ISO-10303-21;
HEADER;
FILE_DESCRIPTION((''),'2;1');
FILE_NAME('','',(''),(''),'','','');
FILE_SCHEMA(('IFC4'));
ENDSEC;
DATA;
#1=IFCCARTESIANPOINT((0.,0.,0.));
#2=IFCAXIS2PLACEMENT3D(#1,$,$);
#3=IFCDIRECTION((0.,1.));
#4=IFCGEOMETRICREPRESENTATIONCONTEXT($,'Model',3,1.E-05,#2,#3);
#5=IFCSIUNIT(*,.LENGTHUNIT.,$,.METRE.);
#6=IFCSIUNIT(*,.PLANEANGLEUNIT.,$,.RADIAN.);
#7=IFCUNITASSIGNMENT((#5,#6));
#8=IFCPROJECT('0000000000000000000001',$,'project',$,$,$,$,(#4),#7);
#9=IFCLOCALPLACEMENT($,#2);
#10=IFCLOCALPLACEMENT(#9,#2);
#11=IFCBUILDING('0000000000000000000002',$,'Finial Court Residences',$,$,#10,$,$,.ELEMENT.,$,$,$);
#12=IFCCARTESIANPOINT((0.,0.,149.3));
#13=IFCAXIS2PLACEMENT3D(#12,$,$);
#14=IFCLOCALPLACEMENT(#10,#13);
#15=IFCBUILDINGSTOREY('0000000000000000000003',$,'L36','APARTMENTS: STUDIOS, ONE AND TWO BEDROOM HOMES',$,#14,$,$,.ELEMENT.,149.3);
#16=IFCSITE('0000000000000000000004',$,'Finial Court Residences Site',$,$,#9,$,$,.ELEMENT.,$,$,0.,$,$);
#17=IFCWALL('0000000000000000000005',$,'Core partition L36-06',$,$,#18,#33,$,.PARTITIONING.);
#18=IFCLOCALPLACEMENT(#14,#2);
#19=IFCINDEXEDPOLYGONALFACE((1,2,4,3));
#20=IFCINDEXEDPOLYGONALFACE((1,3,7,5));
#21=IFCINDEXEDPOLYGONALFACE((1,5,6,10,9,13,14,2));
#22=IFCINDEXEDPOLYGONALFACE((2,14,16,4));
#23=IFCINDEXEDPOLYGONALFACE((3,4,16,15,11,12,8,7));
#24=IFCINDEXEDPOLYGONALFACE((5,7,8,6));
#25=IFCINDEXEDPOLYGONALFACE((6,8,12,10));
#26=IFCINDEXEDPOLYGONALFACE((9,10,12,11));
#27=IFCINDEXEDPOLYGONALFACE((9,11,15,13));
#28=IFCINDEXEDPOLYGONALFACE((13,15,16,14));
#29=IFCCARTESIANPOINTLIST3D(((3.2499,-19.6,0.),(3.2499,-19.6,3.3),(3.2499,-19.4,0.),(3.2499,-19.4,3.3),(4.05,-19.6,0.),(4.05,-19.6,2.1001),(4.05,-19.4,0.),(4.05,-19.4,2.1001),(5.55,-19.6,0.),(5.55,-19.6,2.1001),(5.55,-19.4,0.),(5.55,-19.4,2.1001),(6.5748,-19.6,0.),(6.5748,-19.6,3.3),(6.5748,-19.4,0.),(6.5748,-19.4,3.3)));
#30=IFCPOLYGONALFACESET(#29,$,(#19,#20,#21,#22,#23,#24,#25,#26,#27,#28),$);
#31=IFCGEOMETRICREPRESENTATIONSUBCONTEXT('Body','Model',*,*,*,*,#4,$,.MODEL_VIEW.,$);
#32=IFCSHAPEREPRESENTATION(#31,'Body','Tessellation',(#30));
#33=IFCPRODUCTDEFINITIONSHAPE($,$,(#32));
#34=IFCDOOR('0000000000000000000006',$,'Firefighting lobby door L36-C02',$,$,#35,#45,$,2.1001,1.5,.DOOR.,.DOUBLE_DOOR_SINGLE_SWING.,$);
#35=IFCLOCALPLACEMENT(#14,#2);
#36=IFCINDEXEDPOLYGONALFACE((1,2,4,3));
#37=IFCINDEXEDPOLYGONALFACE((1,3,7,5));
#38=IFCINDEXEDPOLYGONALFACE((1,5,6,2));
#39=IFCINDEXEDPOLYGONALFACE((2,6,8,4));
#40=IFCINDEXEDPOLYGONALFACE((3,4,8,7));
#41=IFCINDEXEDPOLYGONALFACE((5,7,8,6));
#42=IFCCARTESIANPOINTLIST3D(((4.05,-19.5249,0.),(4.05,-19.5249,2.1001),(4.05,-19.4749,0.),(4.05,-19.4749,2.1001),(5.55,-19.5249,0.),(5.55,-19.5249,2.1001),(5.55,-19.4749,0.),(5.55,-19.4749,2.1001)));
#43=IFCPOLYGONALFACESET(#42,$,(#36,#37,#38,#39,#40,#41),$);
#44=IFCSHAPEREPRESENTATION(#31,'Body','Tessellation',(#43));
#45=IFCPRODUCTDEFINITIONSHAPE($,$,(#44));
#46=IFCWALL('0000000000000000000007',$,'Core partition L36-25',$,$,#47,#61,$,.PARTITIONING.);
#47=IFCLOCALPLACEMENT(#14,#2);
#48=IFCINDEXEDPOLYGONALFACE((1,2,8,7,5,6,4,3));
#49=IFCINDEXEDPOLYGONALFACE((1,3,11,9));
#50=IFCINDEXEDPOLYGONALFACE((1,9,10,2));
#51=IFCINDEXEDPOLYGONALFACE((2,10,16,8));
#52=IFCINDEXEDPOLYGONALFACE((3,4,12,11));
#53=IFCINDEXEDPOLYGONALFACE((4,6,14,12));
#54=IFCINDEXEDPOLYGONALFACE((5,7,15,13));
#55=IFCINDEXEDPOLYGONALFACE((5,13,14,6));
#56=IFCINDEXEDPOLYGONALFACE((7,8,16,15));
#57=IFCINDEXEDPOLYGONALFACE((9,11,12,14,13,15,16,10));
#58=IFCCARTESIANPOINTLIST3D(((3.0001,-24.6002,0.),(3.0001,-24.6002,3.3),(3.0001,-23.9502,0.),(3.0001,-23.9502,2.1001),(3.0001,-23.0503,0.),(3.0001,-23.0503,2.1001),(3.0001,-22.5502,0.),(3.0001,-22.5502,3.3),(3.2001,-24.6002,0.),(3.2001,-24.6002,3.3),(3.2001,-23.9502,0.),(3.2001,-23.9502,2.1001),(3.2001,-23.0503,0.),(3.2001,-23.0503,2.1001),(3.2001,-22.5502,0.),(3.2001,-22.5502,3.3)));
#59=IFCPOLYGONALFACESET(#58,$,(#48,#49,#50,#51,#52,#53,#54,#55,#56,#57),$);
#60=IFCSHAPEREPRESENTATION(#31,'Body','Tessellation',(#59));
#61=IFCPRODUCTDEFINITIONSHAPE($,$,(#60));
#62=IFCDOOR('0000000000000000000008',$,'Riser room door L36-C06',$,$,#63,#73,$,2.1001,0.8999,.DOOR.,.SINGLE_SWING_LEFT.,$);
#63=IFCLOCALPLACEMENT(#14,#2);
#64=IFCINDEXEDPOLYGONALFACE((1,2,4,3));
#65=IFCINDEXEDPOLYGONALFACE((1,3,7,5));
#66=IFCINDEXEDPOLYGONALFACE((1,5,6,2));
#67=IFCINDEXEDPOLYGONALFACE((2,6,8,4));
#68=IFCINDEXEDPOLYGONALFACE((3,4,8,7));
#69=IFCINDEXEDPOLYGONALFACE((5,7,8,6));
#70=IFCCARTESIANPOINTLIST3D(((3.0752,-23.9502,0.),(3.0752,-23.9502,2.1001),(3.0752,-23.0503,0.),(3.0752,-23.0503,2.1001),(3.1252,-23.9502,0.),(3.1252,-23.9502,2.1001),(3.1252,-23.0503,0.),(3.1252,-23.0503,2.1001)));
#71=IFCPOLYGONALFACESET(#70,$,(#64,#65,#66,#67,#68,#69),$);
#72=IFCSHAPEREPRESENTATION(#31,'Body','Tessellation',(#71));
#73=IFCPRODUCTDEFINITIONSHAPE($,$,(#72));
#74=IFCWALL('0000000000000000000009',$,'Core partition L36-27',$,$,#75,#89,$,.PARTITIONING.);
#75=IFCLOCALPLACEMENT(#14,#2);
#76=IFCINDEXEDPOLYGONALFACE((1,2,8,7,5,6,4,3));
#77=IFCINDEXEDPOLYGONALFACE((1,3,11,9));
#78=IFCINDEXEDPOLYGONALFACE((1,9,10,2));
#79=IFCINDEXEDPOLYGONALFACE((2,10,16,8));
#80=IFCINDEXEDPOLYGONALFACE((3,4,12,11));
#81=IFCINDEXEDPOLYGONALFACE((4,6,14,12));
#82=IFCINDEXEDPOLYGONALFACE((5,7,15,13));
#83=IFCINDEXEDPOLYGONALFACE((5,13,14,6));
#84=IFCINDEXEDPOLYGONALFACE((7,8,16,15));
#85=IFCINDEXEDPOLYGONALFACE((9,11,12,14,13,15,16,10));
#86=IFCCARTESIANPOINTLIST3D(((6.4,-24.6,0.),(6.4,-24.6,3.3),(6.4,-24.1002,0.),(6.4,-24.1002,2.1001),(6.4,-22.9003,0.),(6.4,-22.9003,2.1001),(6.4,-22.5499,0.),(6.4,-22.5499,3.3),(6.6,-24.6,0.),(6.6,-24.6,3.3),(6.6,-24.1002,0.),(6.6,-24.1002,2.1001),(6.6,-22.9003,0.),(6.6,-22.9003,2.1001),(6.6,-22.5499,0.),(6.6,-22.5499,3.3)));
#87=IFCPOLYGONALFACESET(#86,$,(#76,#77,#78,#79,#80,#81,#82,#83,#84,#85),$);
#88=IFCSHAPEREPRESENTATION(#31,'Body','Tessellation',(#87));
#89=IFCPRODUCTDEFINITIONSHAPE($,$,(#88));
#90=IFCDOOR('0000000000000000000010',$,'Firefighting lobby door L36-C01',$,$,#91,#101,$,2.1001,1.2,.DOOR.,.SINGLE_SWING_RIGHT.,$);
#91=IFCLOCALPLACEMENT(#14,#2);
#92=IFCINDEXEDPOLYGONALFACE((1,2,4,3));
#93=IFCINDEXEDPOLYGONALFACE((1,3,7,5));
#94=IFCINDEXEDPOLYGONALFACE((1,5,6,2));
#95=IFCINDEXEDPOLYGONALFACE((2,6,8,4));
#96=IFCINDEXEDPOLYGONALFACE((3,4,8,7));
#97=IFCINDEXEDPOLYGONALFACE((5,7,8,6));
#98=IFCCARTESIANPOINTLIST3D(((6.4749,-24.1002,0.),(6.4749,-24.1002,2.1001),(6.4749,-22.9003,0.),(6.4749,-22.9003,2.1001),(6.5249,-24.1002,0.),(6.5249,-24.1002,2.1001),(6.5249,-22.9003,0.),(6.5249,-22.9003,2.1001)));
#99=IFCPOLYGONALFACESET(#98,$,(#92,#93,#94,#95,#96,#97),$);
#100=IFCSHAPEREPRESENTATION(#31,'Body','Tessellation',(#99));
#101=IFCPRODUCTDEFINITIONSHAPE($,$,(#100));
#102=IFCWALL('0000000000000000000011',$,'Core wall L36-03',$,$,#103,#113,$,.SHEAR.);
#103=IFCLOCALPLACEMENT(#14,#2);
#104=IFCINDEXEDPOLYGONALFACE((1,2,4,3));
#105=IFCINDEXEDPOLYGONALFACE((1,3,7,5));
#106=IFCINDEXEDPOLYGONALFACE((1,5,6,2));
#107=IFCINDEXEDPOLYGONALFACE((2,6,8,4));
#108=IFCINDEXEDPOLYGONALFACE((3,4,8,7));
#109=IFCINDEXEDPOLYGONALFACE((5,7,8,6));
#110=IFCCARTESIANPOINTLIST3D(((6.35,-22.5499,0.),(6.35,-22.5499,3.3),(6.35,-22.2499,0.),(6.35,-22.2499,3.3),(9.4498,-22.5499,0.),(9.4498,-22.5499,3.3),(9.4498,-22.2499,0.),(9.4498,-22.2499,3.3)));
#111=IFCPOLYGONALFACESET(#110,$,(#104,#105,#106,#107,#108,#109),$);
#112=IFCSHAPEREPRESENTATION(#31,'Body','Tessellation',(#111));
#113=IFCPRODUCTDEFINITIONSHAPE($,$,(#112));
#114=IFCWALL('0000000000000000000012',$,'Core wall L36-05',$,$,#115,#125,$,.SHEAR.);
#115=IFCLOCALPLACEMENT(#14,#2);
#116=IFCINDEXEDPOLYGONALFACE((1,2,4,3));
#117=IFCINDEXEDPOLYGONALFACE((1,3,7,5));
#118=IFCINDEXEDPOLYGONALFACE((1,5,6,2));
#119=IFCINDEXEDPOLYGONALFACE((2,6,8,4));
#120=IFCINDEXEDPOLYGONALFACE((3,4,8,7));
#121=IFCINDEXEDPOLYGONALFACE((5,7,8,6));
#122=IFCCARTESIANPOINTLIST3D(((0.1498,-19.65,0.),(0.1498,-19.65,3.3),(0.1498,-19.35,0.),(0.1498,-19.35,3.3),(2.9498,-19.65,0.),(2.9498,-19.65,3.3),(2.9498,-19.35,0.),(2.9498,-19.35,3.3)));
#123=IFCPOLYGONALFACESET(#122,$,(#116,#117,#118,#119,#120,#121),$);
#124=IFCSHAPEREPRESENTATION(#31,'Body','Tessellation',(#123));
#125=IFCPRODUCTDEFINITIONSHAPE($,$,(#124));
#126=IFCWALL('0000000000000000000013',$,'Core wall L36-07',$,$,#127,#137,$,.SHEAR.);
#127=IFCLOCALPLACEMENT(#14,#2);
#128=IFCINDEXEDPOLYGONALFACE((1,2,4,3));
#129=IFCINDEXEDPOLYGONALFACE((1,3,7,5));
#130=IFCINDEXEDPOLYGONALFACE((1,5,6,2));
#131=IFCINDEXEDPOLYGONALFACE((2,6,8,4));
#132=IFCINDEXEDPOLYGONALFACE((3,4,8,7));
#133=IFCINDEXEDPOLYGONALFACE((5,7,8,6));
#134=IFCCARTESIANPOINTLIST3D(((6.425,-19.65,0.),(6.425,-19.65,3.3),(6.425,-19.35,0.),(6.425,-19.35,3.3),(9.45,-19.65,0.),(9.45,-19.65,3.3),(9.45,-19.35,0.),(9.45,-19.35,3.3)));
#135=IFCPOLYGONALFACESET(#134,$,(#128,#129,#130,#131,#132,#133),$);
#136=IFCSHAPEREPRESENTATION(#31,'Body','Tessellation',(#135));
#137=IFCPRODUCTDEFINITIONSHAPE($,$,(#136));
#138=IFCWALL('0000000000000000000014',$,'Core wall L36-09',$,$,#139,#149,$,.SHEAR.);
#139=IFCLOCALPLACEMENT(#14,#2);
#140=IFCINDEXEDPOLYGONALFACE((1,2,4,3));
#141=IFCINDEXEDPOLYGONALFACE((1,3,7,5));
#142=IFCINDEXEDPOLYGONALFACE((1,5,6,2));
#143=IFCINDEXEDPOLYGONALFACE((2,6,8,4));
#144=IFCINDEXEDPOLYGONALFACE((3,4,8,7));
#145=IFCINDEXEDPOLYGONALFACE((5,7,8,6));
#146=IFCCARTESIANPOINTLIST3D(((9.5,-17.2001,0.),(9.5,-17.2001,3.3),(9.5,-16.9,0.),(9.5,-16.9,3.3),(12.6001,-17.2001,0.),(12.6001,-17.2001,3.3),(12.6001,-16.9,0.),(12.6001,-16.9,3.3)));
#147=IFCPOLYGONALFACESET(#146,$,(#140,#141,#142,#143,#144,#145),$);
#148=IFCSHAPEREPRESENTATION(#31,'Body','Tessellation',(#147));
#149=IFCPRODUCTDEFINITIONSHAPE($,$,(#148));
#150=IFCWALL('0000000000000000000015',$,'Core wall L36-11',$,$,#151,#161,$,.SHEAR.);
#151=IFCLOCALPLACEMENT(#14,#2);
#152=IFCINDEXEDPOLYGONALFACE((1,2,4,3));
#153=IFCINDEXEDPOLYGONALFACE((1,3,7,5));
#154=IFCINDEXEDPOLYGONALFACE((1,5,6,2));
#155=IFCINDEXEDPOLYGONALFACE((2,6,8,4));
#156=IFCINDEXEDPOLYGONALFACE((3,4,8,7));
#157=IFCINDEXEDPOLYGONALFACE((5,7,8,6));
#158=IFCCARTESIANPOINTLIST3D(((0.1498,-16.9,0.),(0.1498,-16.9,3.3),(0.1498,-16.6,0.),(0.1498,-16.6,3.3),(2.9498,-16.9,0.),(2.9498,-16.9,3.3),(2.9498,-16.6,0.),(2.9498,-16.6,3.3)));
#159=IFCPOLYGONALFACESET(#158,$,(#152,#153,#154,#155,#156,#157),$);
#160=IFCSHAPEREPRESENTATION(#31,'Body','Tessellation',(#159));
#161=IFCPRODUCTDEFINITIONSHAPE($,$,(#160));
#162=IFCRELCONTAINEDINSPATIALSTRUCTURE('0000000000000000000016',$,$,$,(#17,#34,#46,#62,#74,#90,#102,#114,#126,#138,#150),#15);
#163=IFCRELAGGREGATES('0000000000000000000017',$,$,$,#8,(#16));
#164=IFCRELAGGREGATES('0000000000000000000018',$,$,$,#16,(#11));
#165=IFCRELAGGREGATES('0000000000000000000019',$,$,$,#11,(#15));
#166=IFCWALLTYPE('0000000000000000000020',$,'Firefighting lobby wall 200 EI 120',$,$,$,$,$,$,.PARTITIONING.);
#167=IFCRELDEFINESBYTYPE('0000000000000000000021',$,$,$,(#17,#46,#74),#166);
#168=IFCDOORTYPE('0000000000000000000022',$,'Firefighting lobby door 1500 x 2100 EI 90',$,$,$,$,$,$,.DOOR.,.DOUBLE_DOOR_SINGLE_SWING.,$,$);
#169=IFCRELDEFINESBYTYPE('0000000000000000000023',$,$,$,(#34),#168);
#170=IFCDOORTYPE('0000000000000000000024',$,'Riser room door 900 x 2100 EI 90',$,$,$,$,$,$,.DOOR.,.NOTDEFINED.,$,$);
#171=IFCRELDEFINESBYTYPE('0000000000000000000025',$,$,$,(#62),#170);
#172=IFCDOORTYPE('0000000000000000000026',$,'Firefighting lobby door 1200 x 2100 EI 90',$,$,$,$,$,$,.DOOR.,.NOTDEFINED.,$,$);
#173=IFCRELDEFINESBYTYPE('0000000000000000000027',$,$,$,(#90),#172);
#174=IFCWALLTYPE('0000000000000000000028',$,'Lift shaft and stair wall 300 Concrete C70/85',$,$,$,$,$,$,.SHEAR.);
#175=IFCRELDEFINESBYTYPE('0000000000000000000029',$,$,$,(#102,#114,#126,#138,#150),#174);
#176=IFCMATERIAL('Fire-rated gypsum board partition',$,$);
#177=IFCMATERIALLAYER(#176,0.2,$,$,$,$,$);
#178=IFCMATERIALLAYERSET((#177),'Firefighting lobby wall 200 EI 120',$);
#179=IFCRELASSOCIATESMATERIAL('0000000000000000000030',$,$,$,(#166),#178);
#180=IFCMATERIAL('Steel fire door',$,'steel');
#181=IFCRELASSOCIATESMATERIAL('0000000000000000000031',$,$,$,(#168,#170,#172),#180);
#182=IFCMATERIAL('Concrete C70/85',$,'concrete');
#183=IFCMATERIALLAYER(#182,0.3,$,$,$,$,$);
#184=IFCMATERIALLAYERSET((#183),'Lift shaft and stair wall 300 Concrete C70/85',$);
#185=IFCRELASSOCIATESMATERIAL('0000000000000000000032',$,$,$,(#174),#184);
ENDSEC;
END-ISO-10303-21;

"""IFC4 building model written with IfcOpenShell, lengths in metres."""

from ifc_helpers import new_model, si_unit, direction, frame, frame_2d, origin, place, context, subcontext, project, spatial, rectangle, extrude, material, layer, layer_set, type_object, element, fill, save


model = new_model("IFC4")

# Units and contexts
model_context = context("Model", 3, precision=1e-05, world=origin(), true_north=direction((0.0, 1.0)))
body_context = subcontext(model_context, "Body", "Model", "MODEL_VIEW")
ifc_project = project(units=[si_unit("LENGTHUNIT", "METRE"), si_unit("PLANEANGLEUNIT", "RADIAN")], contexts=[model_context])

# Site, building, storey
site_placement = place(None, origin())
site = spatial("IfcSite", under=ifc_project, at=site_placement, Name="Finial Court Residences Site", CompositionType="ELEMENT", RefElevation=0.0)
building_placement = place(site_placement, origin())
building = spatial("IfcBuilding", under=site, at=building_placement, Name="Finial Court Residences", CompositionType="ELEMENT")
storey_placement = place(building_placement, frame((0.0, 0.0, 149.3)))
storey = spatial("IfcBuildingStorey", under=building, at=storey_placement, Name="L36", Description="APARTMENTS: STUDIOS, ONE AND TWO BEDROOM HOMES", CompositionType="ELEMENT", Elevation=149.3)

# Walls, openings, doors
ifc_material_1 = material(Name="Fire-rated gypsum board partition")
ifc_layer_1 = layer(ifc_material_1, 0.2)
ifc_layer_set_1 = layer_set([ifc_layer_1], Name="Firefighting lobby wall 200 EI 120")
wall_type_1 = type_object("IfcWallType", Name="Firefighting lobby wall 200 EI 120", PredefinedType="PARTITIONING", material=ifc_layer_set_1)
wall_1_placement = place(storey_placement, frame((6.575, -19.5, 0.0), z_axis=(0.0, 0.0, 1.0), x_axis=(-1.0, 0.0, 0.0)))
wall_1 = element("IfcWall", 1, at=wall_1_placement, inside=storey, type_object=wall_type_1, Name="Core partition L36-06", PredefinedType="PARTITIONING", context=body_context, shape_type="SweptSolid", body=[
    extrude(rectangle(XDim=3.325, YDim=0.2, at=frame_2d((1.6626, 0.0))), origin(), (0.0, 0.0, 1.0), 3.3),
])
opening_1_placement = place(wall_1_placement, frame((1.0249, 0.0, 0.0)))
opening_1 = element("IfcOpeningElement", 2, at=opening_1_placement, cuts=wall_1, PredefinedType="OPENING", context=body_context, shape_type="SweptSolid", body=[
    extrude(rectangle(XDim=1.5, YDim=2.1001, at=frame_2d((0.75, 1.05))), frame((0.0, 0.1099, 0.0), z_axis=(0.0, -1.0, 0.0), x_axis=(1.0, 0.0, 0.0)), (0.0, 0.0, 1.0), 0.22),
])
ifc_material_2 = material(Name="Steel fire door", Category="steel")
door_type_1 = type_object("IfcDoorType", Name="Firefighting lobby door 1500 x 2100 EI 90", OperationType="DOUBLE_DOOR_SINGLE_SWING", PredefinedType="DOOR", material=ifc_material_2)
door_1_placement = place(opening_1_placement, origin())
door_1 = element("IfcDoor", 3, at=door_1_placement, inside=storey, type_object=door_type_1, Name="Firefighting lobby door L36-C02", OperationType="DOUBLE_DOOR_SINGLE_SWING", OverallHeight=2.1001, OverallWidth=1.5, PredefinedType="DOOR", context=body_context, shape_type="SweptSolid", body=[
    extrude(rectangle(XDim=1.5, YDim=2.1001, at=frame_2d((0.75, 1.05))), frame((0.0, 0.0249, 0.0), z_axis=(0.0, -1.0, 0.0), x_axis=(1.0, 0.0, 0.0)), (0.0, 0.0, 1.0), 0.05),
])
fill(opening_1, door_1)
wall_2_placement = place(storey_placement, frame((3.1001, -24.6001, 0.0), z_axis=(0.0, 0.0, 1.0), x_axis=(0.0, 1.0, 0.0)))
wall_2 = element("IfcWall", 4, at=wall_2_placement, inside=storey, type_object=wall_type_1, Name="Core partition L36-25", PredefinedType="PARTITIONING", context=body_context, shape_type="SweptSolid", body=[
    extrude(rectangle(XDim=2.05, YDim=0.2, at=frame_2d((1.0249, 0.0))), origin(), (0.0, 0.0, 1.0), 3.3),
])
opening_2_placement = place(wall_2_placement, frame((0.6499, 0.0, 0.0)))
opening_2 = element("IfcOpeningElement", 5, at=opening_2_placement, cuts=wall_2, PredefinedType="OPENING", context=body_context, shape_type="SweptSolid", body=[
    extrude(rectangle(XDim=0.8999, YDim=2.1001, at=frame_2d((0.45, 1.05))), frame((0.0, 0.1099, 0.0), z_axis=(0.0, -1.0, 0.0), x_axis=(1.0, 0.0, 0.0)), (0.0, 0.0, 1.0), 0.22),
])
door_type_2 = type_object("IfcDoorType", Name="Riser room door 900 x 2100 EI 90", OperationType="NOTDEFINED", PredefinedType="DOOR", material=ifc_material_2)
door_2_placement = place(opening_2_placement, origin())
door_2 = element("IfcDoor", 6, at=door_2_placement, inside=storey, type_object=door_type_2, Name="Riser room door L36-C06", OperationType="SINGLE_SWING_LEFT", OverallHeight=2.1001, OverallWidth=0.8999, PredefinedType="DOOR", context=body_context, shape_type="SweptSolid", body=[
    extrude(rectangle(XDim=0.8999, YDim=2.1001, at=frame_2d((0.45, 1.05))), frame((0.0, 0.0249, 0.0), z_axis=(0.0, -1.0, 0.0), x_axis=(1.0, 0.0, 0.0)), (0.0, 0.0, 1.0), 0.05),
])
fill(opening_2, door_2)
wall_3_placement = place(storey_placement, frame((6.5, -22.55, 0.0), z_axis=(0.0, 0.0, 1.0), x_axis=(0.0, -1.0, 0.0)))
wall_3 = element("IfcWall", 7, at=wall_3_placement, inside=storey, type_object=wall_type_1, Name="Core partition L36-27", PredefinedType="PARTITIONING", context=body_context, shape_type="SweptSolid", body=[
    extrude(rectangle(XDim=2.05, YDim=0.2, at=frame_2d((1.0249, 0.0))), origin(), (0.0, 0.0, 1.0), 3.3),
])
opening_3_placement = place(wall_3_placement, frame((0.3501, 0.0, 0.0)))
opening_3 = element("IfcOpeningElement", 8, at=opening_3_placement, cuts=wall_3, PredefinedType="OPENING", context=body_context, shape_type="SweptSolid", body=[
    extrude(rectangle(XDim=1.2, YDim=2.1001, at=frame_2d((0.6001, 1.05))), frame((0.0, 0.1099, 0.0), z_axis=(0.0, -1.0, 0.0), x_axis=(1.0, 0.0, 0.0)), (0.0, 0.0, 1.0), 0.22),
])
door_type_3 = type_object("IfcDoorType", Name="Firefighting lobby door 1200 x 2100 EI 90", OperationType="NOTDEFINED", PredefinedType="DOOR", material=ifc_material_2)
door_3_placement = place(opening_3_placement, origin())
door_3 = element("IfcDoor", 9, at=door_3_placement, inside=storey, type_object=door_type_3, Name="Firefighting lobby door L36-C01", OperationType="SINGLE_SWING_RIGHT", OverallHeight=2.1001, OverallWidth=1.2, PredefinedType="DOOR", context=body_context, shape_type="SweptSolid", body=[
    extrude(rectangle(XDim=1.2, YDim=2.1001, at=frame_2d((0.6001, 1.05))), frame((0.0, 0.0249, 0.0), z_axis=(0.0, -1.0, 0.0), x_axis=(1.0, 0.0, 0.0)), (0.0, 0.0, 1.0), 0.05),
])
fill(opening_3, door_3)

# Walls
ifc_material_3 = material(Name="Concrete C70/85", Category="concrete")
ifc_layer_2 = layer(ifc_material_3, 0.3)
ifc_layer_set_2 = layer_set([ifc_layer_2], Name="Lift shaft and stair wall 300 Concrete C70/85")
wall_type_2 = type_object("IfcWallType", Name="Lift shaft and stair wall 300 Concrete C70/85", PredefinedType="SHEAR", material=ifc_layer_set_2)
wall_4_placement = place(storey_placement, frame((6.3501, -22.3999, 0.0), z_axis=(0.0, 0.0, 1.0), x_axis=(1.0, 0.0, 0.0)))
element("IfcWall", 10, at=wall_4_placement, inside=storey, type_object=wall_type_2, Name="Core wall L36-03", PredefinedType="SHEAR", context=body_context, shape_type="SweptSolid", body=[
    extrude(rectangle(XDim=3.0999, YDim=0.3, at=frame_2d((1.5498, 0.0))), origin(), (0.0, 0.0, 1.0), 3.3),
])
wall_5_placement = place(storey_placement, frame((0.1499, -19.5, 0.0), z_axis=(0.0, 0.0, 1.0), x_axis=(1.0, 0.0, 0.0)))
element("IfcWall", 11, at=wall_5_placement, inside=storey, type_object=wall_type_2, Name="Core wall L36-05", PredefinedType="SHEAR", context=body_context, shape_type="SweptSolid", body=[
    extrude(rectangle(XDim=2.8, YDim=0.3, at=frame_2d((1.3999, 0.0))), origin(), (0.0, 0.0, 1.0), 3.3),
])
wall_6_placement = place(storey_placement, frame((6.425, -19.5, 0.0), z_axis=(0.0, 0.0, 1.0), x_axis=(1.0, 0.0, 0.0)))
element("IfcWall", 12, at=wall_6_placement, inside=storey, type_object=wall_type_2, Name="Core wall L36-07", PredefinedType="SHEAR", context=body_context, shape_type="SweptSolid", body=[
    extrude(rectangle(XDim=3.0249, YDim=0.3, at=frame_2d((1.5125, 0.0))), origin(), (0.0, 0.0, 1.0), 3.3),
])
wall_7_placement = place(storey_placement, frame((9.5, -17.05, 0.0), z_axis=(0.0, 0.0, 1.0), x_axis=(1.0, 0.0, 0.0)))
element("IfcWall", 13, at=wall_7_placement, inside=storey, type_object=wall_type_2, Name="Core wall L36-09", PredefinedType="SHEAR", context=body_context, shape_type="SweptSolid", body=[
    extrude(rectangle(XDim=3.1001, YDim=0.3, at=frame_2d((1.55, 0.0))), origin(), (0.0, 0.0, 1.0), 3.3),
])
wall_8_placement = place(storey_placement, frame((0.1499, -16.75, 0.0), z_axis=(0.0, 0.0, 1.0), x_axis=(1.0, 0.0, 0.0)))
element("IfcWall", 14, at=wall_8_placement, inside=storey, type_object=wall_type_2, Name="Core wall L36-11", PredefinedType="SHEAR", context=body_context, shape_type="SweptSolid", body=[
    extrude(rectangle(XDim=2.8, YDim=0.3, at=frame_2d((1.3999, 0.0))), origin(), (0.0, 0.0, 1.0), 3.3),
])

save(model, "model.ifc")
